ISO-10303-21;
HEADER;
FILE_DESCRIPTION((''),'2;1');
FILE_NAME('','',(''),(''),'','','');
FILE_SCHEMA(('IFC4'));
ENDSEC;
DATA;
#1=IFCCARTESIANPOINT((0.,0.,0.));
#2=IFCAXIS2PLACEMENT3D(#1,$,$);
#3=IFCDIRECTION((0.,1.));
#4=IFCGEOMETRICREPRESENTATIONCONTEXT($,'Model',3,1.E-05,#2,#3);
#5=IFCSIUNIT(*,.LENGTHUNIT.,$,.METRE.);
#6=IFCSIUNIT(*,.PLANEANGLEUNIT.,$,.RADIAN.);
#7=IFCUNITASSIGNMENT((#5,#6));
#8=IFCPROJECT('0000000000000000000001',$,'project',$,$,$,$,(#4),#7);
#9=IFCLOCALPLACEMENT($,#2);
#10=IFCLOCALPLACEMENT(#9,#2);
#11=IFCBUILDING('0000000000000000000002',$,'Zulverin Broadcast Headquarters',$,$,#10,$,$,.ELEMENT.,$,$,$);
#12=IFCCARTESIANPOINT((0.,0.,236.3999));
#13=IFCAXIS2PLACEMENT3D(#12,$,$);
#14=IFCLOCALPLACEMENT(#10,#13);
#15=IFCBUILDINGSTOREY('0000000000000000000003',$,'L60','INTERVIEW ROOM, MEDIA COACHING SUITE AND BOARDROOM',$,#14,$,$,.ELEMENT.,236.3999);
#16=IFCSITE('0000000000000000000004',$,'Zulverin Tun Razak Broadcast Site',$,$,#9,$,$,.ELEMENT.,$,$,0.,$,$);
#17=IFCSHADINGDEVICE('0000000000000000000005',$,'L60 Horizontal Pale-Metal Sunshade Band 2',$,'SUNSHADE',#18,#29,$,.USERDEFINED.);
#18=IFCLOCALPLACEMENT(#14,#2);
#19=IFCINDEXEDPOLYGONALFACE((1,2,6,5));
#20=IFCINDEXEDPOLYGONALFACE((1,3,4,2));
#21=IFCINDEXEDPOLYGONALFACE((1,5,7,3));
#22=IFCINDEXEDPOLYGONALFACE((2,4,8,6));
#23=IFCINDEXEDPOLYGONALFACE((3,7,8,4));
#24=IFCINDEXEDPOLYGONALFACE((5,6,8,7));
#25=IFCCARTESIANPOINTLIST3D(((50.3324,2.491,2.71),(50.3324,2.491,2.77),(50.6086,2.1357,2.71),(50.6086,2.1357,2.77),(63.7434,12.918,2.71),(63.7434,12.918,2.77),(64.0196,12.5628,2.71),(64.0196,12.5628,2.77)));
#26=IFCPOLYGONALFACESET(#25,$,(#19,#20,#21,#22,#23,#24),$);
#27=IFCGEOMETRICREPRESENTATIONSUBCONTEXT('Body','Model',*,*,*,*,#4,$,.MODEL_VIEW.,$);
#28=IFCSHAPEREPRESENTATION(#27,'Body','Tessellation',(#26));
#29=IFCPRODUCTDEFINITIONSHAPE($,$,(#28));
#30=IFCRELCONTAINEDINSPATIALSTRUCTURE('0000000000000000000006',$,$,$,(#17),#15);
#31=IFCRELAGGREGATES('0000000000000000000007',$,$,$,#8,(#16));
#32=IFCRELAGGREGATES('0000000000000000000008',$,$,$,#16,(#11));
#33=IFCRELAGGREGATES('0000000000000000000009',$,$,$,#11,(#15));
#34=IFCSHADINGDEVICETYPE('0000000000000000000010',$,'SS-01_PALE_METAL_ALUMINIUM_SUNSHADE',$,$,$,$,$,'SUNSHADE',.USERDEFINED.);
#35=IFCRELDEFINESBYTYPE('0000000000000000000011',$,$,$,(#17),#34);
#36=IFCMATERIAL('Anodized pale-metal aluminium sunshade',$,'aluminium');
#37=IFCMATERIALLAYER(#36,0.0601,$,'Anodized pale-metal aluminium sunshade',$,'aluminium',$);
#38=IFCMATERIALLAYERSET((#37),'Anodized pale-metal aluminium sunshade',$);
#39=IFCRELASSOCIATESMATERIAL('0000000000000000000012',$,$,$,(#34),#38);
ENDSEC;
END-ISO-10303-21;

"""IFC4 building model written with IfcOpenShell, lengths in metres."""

from ifc_helpers import new_model, si_unit, direction, frame, origin, origin_2d, place, context, subcontext, project, spatial, rectangle, extrude, material, layer, layer_set, type_object, element, save


model = new_model("IFC4")

# Units and contexts
model_context = context("Model", 3, precision=1e-05, world=origin(), true_north=direction((0.0, 1.0)))
body_context = subcontext(model_context, "Body", "Model", "MODEL_VIEW")
ifc_project = project(units=[si_unit("LENGTHUNIT", "METRE"), si_unit("PLANEANGLEUNIT", "RADIAN")], contexts=[model_context])

# Site, building, storey
site_placement = place(None, origin())
site = spatial("IfcSite", under=ifc_project, at=site_placement, Name="Zulverin Tun Razak Broadcast Site", CompositionType="ELEMENT", RefElevation=0.0)
building_placement = place(site_placement, origin())
building = spatial("IfcBuilding", under=site, at=building_placement, Name="Zulverin Broadcast Headquarters", CompositionType="ELEMENT")
storey_placement = place(building_placement, frame((0.0, 0.0, 236.3999)))
storey = spatial("IfcBuildingStorey", under=building, at=storey_placement, Name="L60", Description="INTERVIEW ROOM, MEDIA COACHING SUITE AND BOARDROOM", CompositionType="ELEMENT", Elevation=236.3999)

# Shading device
ifc_material_1 = material(Name="Anodized pale-metal aluminium sunshade", Category="aluminium")
ifc_layer_1 = layer(ifc_material_1, 0.0601, Name="Anodized pale-metal aluminium sunshade", Category="aluminium")
ifc_layer_set_1 = layer_set([ifc_layer_1], Name="Anodized pale-metal aluminium sunshade")
shading_device_type_1 = type_object("IfcShadingDeviceType", Name="SS-01_PALE_METAL_ALUMINIUM_SUNSHADE", ElementType="SUNSHADE", PredefinedType="USERDEFINED", material=ifc_layer_set_1)
shading_device_1_placement = place(storey_placement, frame((57.176, 7.5269, 2.71), z_axis=(0.0, 0.0, 1.0), x_axis=(0.789459, 0.613803, 0.0)))
element("IfcShadingDevice", 1, at=shading_device_1_placement, inside=storey, type_object=shading_device_type_1, Name="L60 Horizontal Pale-Metal Sunshade Band 2", ObjectType="SUNSHADE", PredefinedType="USERDEFINED", context=body_context, shape_type="SweptSolid", body=[
    extrude(rectangle(XDim=16.9875, YDim=0.45, at=origin_2d()), origin(), (0.0, 0.0, 1.0), 0.0601),
])

save(model, "model.ifc")
